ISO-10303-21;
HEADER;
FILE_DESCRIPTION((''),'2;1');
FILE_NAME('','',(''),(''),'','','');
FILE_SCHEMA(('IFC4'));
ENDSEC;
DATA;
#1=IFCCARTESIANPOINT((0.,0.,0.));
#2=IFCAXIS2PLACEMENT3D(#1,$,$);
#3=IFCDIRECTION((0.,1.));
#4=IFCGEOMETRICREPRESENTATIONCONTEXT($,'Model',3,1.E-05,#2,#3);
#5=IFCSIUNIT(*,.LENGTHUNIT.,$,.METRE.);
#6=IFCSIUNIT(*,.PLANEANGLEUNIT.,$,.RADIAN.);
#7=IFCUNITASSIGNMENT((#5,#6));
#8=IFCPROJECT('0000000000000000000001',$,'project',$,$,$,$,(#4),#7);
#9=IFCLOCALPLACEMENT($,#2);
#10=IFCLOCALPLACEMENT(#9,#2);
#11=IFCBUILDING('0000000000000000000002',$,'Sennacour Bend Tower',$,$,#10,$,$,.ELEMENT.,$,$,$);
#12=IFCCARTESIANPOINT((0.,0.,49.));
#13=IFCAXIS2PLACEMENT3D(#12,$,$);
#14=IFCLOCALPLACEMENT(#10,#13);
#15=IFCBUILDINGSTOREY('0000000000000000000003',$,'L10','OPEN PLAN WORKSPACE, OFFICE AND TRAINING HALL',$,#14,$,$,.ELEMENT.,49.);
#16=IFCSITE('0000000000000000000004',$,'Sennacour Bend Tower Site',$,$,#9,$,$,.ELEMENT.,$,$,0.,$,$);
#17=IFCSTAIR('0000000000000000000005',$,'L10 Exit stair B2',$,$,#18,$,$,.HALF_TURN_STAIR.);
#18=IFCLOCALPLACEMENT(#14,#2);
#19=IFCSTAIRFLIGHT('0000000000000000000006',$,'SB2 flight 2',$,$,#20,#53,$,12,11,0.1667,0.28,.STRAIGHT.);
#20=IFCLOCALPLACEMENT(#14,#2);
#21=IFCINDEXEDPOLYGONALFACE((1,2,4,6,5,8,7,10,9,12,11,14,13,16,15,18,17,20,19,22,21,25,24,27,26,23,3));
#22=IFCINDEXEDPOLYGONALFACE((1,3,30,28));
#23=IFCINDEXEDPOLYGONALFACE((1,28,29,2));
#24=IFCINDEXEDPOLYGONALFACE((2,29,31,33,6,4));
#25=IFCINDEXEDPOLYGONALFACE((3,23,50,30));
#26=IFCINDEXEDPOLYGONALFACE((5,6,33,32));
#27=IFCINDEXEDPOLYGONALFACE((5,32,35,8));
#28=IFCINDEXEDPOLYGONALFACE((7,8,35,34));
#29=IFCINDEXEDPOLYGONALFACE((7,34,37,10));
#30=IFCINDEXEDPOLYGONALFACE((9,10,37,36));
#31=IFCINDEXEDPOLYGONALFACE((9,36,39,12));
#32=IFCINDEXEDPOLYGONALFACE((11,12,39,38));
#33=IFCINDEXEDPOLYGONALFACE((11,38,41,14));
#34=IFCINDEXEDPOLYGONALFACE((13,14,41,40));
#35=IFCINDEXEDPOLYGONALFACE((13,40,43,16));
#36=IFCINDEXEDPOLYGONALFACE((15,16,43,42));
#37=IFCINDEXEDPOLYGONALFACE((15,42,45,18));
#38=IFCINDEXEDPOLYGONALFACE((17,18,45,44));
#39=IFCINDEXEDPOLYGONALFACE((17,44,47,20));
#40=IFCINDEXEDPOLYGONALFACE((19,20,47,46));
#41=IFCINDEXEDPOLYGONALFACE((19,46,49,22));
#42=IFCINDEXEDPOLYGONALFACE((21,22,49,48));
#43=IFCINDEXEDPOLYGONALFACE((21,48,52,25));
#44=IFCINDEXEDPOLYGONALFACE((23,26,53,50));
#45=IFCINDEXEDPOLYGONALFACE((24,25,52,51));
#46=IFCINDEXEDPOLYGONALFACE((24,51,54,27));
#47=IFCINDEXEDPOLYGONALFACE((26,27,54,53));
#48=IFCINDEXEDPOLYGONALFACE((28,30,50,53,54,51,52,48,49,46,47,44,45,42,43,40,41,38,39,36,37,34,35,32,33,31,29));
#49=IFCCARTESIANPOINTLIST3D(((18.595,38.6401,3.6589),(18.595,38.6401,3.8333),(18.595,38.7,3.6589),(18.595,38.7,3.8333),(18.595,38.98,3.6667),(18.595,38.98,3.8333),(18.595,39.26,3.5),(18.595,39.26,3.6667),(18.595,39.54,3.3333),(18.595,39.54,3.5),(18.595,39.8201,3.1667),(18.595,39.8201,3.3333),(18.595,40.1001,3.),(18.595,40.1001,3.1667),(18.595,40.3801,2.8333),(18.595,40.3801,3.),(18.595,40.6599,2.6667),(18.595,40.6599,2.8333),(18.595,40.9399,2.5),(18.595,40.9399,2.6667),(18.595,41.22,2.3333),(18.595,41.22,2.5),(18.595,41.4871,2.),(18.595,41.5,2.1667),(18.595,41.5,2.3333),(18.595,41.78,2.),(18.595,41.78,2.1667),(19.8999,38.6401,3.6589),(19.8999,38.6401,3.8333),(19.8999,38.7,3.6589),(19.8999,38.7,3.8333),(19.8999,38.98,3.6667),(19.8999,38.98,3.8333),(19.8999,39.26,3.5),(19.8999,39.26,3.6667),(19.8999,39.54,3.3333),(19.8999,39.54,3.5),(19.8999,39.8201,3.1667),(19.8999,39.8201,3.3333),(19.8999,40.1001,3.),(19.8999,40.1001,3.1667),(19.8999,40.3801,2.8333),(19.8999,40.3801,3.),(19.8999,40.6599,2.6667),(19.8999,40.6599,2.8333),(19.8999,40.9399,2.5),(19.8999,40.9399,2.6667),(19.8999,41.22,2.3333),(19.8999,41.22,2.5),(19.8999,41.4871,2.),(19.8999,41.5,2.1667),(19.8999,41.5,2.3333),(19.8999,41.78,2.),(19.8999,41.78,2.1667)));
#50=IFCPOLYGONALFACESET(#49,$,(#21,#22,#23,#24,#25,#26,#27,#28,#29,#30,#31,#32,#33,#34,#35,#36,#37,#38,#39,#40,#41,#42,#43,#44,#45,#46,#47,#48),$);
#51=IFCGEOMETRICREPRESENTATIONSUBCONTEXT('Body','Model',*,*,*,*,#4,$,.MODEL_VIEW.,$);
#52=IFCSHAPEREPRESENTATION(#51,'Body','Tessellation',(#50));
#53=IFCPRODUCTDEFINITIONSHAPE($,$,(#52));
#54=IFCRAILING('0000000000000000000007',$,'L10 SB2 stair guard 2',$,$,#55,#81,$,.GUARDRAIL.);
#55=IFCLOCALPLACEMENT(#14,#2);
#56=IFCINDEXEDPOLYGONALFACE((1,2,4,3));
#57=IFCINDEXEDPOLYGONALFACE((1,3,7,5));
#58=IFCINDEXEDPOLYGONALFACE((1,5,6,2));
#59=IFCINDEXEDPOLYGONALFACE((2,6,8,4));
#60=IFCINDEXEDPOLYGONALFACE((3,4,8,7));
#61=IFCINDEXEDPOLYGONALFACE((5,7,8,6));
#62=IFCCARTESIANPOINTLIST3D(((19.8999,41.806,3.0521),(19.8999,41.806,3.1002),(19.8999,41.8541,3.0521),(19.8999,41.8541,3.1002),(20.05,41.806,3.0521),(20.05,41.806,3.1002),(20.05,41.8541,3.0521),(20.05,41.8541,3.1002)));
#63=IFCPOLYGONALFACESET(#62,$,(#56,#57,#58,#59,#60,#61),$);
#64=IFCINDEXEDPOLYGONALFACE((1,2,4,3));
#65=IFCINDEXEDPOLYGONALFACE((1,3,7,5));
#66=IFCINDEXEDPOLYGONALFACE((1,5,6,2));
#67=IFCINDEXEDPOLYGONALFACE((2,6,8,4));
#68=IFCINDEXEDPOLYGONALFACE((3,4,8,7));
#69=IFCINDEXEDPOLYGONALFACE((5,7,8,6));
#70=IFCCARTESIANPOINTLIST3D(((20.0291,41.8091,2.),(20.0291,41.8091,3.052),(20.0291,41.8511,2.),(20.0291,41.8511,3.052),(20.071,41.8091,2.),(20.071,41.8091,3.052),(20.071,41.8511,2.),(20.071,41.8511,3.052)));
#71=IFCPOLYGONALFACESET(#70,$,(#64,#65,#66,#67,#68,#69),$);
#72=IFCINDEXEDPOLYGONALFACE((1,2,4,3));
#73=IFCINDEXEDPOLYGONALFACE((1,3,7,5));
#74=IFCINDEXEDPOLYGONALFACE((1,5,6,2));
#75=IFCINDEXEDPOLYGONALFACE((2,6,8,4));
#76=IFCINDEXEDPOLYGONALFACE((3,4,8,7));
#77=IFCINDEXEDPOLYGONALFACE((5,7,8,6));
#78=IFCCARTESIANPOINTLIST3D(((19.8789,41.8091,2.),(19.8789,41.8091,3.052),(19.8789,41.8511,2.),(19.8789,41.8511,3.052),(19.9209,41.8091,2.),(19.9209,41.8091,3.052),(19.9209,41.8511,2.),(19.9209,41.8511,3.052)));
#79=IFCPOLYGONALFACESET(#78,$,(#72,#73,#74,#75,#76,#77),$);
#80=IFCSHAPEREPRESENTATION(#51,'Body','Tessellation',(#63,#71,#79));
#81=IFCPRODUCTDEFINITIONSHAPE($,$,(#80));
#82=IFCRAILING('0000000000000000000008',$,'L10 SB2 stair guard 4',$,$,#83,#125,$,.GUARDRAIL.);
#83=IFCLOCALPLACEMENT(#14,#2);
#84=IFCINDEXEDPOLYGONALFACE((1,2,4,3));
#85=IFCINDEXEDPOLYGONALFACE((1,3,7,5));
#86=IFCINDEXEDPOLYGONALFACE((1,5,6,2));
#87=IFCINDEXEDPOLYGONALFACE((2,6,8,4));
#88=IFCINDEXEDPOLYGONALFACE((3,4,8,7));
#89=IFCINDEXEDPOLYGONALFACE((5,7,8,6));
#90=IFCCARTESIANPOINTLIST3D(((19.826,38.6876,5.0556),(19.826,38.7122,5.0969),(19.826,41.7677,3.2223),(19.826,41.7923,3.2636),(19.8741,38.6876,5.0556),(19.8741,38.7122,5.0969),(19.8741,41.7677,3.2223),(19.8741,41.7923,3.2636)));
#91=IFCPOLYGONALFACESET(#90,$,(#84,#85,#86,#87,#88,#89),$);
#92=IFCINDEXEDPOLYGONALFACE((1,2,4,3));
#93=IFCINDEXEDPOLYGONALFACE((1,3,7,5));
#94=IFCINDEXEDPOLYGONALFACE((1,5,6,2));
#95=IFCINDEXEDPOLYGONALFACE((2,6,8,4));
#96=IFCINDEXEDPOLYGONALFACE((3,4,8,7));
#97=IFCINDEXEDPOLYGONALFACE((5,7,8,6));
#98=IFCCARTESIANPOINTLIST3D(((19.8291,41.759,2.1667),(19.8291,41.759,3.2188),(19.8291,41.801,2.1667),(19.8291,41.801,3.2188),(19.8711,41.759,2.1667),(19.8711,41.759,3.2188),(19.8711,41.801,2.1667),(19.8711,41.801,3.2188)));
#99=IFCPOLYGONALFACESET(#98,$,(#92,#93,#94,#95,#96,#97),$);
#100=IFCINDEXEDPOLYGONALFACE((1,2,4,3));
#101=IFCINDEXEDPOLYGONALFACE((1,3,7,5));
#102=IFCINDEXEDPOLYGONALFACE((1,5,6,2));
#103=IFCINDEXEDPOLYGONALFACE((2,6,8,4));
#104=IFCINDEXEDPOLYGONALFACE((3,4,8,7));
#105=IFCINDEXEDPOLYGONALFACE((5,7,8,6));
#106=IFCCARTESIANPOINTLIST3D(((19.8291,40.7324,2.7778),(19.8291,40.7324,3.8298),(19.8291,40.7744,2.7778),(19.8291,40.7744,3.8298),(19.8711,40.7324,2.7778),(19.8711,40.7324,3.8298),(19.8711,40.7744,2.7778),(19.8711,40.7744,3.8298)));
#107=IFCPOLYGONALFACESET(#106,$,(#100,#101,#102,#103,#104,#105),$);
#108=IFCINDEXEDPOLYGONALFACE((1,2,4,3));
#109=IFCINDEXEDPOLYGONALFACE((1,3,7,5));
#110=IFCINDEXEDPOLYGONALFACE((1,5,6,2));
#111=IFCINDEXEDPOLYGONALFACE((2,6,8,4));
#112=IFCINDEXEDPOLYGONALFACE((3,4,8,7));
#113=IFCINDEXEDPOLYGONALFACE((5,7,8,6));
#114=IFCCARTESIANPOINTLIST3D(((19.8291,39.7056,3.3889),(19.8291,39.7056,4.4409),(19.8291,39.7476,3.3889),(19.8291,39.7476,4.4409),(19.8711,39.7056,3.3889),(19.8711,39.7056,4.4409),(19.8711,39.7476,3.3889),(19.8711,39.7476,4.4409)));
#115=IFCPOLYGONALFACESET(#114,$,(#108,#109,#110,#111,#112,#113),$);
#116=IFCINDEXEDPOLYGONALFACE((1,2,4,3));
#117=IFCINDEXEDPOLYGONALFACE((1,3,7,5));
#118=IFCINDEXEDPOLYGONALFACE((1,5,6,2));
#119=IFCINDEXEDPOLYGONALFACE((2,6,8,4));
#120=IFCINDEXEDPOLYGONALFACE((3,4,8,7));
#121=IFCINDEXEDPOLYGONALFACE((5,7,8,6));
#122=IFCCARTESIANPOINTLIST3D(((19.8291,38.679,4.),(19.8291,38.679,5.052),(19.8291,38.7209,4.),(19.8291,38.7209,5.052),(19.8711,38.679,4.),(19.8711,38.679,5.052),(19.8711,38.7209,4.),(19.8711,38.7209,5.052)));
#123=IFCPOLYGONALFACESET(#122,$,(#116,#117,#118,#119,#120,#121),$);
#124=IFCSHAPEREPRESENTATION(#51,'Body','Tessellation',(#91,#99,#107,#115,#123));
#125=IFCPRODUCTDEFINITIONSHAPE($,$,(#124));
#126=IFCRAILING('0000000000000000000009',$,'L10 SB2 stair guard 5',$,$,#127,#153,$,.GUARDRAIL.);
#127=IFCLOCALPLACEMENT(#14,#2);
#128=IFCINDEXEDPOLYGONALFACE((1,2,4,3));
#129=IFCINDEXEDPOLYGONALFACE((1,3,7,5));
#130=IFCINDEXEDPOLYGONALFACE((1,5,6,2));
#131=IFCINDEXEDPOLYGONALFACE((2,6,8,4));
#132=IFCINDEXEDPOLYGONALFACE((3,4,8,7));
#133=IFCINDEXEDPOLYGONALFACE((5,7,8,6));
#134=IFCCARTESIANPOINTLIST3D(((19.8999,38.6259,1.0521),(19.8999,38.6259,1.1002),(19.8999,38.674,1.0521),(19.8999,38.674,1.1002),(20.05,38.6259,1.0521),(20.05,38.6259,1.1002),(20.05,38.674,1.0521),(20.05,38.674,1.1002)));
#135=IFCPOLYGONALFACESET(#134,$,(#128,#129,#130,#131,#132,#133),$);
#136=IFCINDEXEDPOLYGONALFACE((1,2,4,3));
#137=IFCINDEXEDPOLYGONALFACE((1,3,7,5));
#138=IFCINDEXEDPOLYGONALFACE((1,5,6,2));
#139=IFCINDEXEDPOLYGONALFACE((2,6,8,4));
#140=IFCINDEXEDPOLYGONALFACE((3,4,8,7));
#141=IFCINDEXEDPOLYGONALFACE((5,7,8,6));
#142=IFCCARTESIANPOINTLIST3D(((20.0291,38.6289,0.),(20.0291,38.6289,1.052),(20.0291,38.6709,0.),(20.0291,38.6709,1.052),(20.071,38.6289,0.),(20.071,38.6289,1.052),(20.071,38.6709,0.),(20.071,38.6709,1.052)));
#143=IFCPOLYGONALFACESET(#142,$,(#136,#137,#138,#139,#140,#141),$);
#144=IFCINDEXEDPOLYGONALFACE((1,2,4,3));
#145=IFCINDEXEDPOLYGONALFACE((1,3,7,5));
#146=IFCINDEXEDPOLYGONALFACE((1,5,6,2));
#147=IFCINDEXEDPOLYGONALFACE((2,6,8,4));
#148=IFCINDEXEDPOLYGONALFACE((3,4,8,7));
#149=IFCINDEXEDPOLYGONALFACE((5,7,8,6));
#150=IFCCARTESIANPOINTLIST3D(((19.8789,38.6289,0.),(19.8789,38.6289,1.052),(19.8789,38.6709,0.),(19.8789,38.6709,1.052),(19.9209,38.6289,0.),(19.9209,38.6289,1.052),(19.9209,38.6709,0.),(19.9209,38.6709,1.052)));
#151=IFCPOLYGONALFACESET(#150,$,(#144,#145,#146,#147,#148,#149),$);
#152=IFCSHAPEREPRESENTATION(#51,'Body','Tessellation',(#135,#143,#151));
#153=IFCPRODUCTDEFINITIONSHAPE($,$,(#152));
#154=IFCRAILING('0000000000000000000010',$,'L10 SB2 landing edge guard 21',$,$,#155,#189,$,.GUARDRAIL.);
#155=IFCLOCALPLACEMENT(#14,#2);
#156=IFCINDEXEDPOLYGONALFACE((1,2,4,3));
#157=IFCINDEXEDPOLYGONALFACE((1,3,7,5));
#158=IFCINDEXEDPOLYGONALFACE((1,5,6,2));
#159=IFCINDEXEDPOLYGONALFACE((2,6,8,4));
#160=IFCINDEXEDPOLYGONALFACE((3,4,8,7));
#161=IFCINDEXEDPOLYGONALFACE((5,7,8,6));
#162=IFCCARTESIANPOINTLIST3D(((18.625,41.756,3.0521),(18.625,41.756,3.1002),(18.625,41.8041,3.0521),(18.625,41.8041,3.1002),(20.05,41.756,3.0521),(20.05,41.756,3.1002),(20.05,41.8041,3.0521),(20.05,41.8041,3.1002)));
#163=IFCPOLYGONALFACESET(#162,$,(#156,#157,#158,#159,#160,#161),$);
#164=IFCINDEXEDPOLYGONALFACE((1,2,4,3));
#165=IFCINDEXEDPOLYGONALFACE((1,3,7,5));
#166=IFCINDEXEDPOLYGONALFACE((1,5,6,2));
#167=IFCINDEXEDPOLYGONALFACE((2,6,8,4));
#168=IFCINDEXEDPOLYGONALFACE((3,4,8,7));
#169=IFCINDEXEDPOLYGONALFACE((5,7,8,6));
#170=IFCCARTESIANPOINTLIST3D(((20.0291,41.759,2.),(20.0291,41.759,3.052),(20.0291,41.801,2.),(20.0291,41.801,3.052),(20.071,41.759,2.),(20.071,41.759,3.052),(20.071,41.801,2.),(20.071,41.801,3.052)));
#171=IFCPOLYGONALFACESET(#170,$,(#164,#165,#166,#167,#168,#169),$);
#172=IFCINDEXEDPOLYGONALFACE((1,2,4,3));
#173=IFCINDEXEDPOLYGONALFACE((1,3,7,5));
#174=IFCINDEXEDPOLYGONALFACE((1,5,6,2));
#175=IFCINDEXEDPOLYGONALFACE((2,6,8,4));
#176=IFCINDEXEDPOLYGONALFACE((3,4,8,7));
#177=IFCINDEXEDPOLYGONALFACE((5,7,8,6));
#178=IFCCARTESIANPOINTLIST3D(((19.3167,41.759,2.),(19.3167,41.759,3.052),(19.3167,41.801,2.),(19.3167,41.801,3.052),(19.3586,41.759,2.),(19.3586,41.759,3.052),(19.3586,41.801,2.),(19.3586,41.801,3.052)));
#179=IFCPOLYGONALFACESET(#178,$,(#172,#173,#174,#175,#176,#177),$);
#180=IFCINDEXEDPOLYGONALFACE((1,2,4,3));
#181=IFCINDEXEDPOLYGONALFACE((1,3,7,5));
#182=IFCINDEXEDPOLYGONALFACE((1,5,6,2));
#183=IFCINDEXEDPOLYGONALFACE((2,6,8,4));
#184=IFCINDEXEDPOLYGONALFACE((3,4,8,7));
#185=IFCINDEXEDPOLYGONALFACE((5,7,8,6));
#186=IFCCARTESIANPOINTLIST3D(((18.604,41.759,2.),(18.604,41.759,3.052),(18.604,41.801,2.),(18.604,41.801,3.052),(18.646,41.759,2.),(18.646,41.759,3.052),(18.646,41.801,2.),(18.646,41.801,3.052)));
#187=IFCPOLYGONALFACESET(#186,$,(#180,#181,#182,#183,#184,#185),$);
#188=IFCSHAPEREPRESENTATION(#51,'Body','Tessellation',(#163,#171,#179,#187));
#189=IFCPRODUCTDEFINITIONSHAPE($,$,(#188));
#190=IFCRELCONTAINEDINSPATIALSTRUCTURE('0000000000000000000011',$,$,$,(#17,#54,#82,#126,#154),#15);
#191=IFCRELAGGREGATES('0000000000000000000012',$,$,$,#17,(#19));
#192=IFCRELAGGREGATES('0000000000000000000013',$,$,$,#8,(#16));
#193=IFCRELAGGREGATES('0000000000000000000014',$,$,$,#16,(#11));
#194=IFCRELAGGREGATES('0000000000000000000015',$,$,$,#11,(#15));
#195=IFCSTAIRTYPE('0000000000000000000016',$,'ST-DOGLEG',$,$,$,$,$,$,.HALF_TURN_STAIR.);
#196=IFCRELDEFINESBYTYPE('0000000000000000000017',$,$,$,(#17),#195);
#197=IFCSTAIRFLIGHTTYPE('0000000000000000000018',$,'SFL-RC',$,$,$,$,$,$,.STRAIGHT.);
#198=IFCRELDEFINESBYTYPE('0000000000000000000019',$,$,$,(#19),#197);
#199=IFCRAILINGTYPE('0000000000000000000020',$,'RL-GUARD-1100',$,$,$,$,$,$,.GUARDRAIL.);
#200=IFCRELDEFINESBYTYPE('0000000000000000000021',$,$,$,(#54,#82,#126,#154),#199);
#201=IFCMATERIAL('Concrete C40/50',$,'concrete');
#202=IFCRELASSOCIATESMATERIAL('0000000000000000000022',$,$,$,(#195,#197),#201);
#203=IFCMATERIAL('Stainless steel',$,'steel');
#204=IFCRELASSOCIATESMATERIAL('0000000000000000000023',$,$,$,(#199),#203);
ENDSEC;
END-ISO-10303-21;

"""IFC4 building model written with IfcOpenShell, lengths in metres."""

from ifc_helpers import new_model, si_unit, direction, frame, origin, origin_2d, place, context, subcontext, project, spatial, polyline, rectangle, outline, extrude, material, type_object, element, aggregate, save


model = new_model("IFC4")

# Units and contexts
model_context = context("Model", 3, precision=1e-05, world=origin(), true_north=direction((0.0, 1.0)))
body_context = subcontext(model_context, "Body", "Model", "MODEL_VIEW")
ifc_project = project(units=[si_unit("LENGTHUNIT", "METRE"), si_unit("PLANEANGLEUNIT", "RADIAN")], contexts=[model_context])

# Site, building, storey
site_placement = place(None, origin())
site = spatial("IfcSite", under=ifc_project, at=site_placement, Name="Sennacour Bend Tower Site", CompositionType="ELEMENT", RefElevation=0.0)
building_placement = place(site_placement, origin())
building = spatial("IfcBuilding", under=site, at=building_placement, Name="Sennacour Bend Tower", CompositionType="ELEMENT")
storey_placement = place(building_placement, frame((0.0, 0.0, 49.0)))
storey = spatial("IfcBuildingStorey", under=building, at=storey_placement, Name="L10", Description="OPEN PLAN WORKSPACE, OFFICE AND TRAINING HALL", CompositionType="ELEMENT", Elevation=49.0)

# Shared definitions
ifc_material_1 = material(Name="Stainless steel", Category="steel")

# Stair, stair flight
ifc_material_2 = material(Name="Concrete C40/50", Category="concrete")
stair_type = type_object("IfcStairType", Name="ST-DOGLEG", PredefinedType="HALF_TURN_STAIR", material=ifc_material_2)
stair_placement = place(storey_placement, origin())
stair = element("IfcStair", 1, at=stair_placement, inside=storey, type_object=stair_type, Name="L10 Exit stair B2", PredefinedType="HALF_TURN_STAIR")
stair_flight_type = type_object("IfcStairFlightType", Name="SFL-RC", PredefinedType="STRAIGHT", material=ifc_material_2)
stair_flight_placement = place(storey_placement, frame((19.2476, 41.78, 2.0), z_axis=(0.0, 0.0, 1.0), x_axis=(0.0, -1.0, 0.0)))
stair_flight = element("IfcStairFlight", 2, at=stair_flight_placement, type_object=stair_flight_type, Name="SB2 flight 2", NumberOfRisers=12, NumberOfTreads=11, PredefinedType="STRAIGHT", RiserHeight=0.1667, TreadLength=0.28, context=body_context, shape_type="SweptSolid", body=[
    extrude(outline(polyline([(0.0, 0.0), (0.0, 0.1667), (0.28, 0.1667), (0.28, 0.3333), (0.5601, 0.3333), (0.5601, 0.5), (0.8401, 0.5), (0.8401, 0.6667), (1.1201, 0.6667), (1.1201, 0.8333), (1.3999, 0.8333), (1.3999, 1.0), (1.6799, 1.0), (1.6799, 1.1667), (1.96, 1.1667), (1.96, 1.3333), (2.24, 1.3333), (2.24, 1.5), (2.52, 1.5), (2.52, 1.6667), (2.8, 1.6667), (2.8, 1.8333), (3.0801, 1.8333), (3.1399, 1.8333), (3.1399, 1.6589), (3.0801, 1.6589), (0.293, 0.0), (0.0, 0.0)])), frame((0.0, 0.6523, 0.0), z_axis=(0.0, -1.0, 0.0), x_axis=(1.0, 0.0, 0.0)), (0.0, 0.0, 1.0), 1.3049),
])
aggregate(stair, [stair_flight])

# Railings
railing_type_1 = type_object("IfcRailingType", Name="RL-GUARD-1100", PredefinedType="GUARDRAIL", material=ifc_material_1)
railing_1_placement = place(storey_placement, frame((20.05, 41.8301, 2.0)))
element("IfcRailing", 3, at=railing_1_placement, inside=storey, type_object=railing_type_1, Name="L10 SB2 stair guard 2", PredefinedType="GUARDRAIL", context=body_context, shape_type="SweptSolid", body=[
    extrude(rectangle(XDim=0.0481, YDim=0.0481, at=origin_2d()), frame((0.0, 0.0, 1.0762), z_axis=(-1.0, 0.0, 0.0), x_axis=(0.0, -1.0, 0.0)), (0.0, 0.0, 1.0), 0.1501),
    extrude(rectangle(XDim=0.042, YDim=0.042, at=origin_2d()), origin(), (0.0, 0.0, 1.0), 1.052),
    extrude(rectangle(XDim=0.042, YDim=0.042, at=origin_2d()), frame((-0.1501, 0.0, 0.0)), (0.0, 0.0, 1.0), 1.052),
])
railing_2_placement = place(storey_placement, frame((19.8501, 41.78, 2.1667)))
element("IfcRailing", 4, at=railing_2_placement, inside=storey, type_object=railing_type_1, Name="L10 SB2 stair guard 4", PredefinedType="GUARDRAIL", context=body_context, shape_type="SweptSolid", body=[
    extrude(rectangle(XDim=0.0481, YDim=0.0481, at=origin_2d()), frame((0.0, 0.0, 1.0762), z_axis=(0.0, -0.859309, 0.511458), x_axis=(1.0, 0.0, 0.0)), (0.0, 0.0, 1.0), 3.5845),
    extrude(rectangle(XDim=0.042, YDim=0.042, at=origin_2d()), origin(), (0.0, 0.0, 1.0), 1.052),
    extrude(rectangle(XDim=0.042, YDim=0.042, at=origin_2d()), frame((0.0, -1.0266, 0.6111)), (0.0, 0.0, 1.0), 1.052),
    extrude(rectangle(XDim=0.042, YDim=0.042, at=origin_2d()), frame((0.0, -2.0535, 1.2222)), (0.0, 0.0, 1.0), 1.052),
    extrude(rectangle(XDim=0.042, YDim=0.042, at=origin_2d()), frame((0.0, -3.0801, 1.8333)), (0.0, 0.0, 1.0), 1.052),
])
railing_3_placement = place(storey_placement, frame((20.05, 38.6499, 0.0)))
element("IfcRailing", 5, at=railing_3_placement, inside=storey, type_object=railing_type_1, Name="L10 SB2 stair guard 5", PredefinedType="GUARDRAIL", context=body_context, shape_type="SweptSolid", body=[
    extrude(rectangle(XDim=0.0481, YDim=0.0481, at=origin_2d()), frame((0.0, 0.0, 1.0762), z_axis=(-1.0, 0.0, 0.0), x_axis=(0.0, -1.0, 0.0)), (0.0, 0.0, 1.0), 0.1501),
    extrude(rectangle(XDim=0.042, YDim=0.042, at=origin_2d()), origin(), (0.0, 0.0, 1.0), 1.052),
    extrude(rectangle(XDim=0.042, YDim=0.042, at=origin_2d()), frame((-0.1501, 0.0, 0.0)), (0.0, 0.0, 1.0), 1.052),
])
railing_4_placement = place(storey_placement, frame((20.05, 41.78, 2.0)))
element("IfcRailing", 6, at=railing_4_placement, inside=storey, type_object=railing_type_1, Name="L10 SB2 landing edge guard 21", PredefinedType="GUARDRAIL", context=body_context, shape_type="SweptSolid", body=[
    extrude(rectangle(XDim=0.0481, YDim=0.0481, at=origin_2d()), frame((0.0, 0.0, 1.0762), z_axis=(-1.0, 0.0, 0.0), x_axis=(0.0, -1.0, 0.0)), (0.0, 0.0, 1.0), 1.425),
    extrude(rectangle(XDim=0.042, YDim=0.042, at=origin_2d()), origin(), (0.0, 0.0, 1.0), 1.052),
    extrude(rectangle(XDim=0.042, YDim=0.042, at=origin_2d()), frame((-0.7124, 0.0, 0.0)), (0.0, 0.0, 1.0), 1.052),
    extrude(rectangle(XDim=0.042, YDim=0.042, at=origin_2d()), frame((-1.425, 0.0, 0.0)), (0.0, 0.0, 1.0), 1.052),
])

save(model, "model.ifc")
